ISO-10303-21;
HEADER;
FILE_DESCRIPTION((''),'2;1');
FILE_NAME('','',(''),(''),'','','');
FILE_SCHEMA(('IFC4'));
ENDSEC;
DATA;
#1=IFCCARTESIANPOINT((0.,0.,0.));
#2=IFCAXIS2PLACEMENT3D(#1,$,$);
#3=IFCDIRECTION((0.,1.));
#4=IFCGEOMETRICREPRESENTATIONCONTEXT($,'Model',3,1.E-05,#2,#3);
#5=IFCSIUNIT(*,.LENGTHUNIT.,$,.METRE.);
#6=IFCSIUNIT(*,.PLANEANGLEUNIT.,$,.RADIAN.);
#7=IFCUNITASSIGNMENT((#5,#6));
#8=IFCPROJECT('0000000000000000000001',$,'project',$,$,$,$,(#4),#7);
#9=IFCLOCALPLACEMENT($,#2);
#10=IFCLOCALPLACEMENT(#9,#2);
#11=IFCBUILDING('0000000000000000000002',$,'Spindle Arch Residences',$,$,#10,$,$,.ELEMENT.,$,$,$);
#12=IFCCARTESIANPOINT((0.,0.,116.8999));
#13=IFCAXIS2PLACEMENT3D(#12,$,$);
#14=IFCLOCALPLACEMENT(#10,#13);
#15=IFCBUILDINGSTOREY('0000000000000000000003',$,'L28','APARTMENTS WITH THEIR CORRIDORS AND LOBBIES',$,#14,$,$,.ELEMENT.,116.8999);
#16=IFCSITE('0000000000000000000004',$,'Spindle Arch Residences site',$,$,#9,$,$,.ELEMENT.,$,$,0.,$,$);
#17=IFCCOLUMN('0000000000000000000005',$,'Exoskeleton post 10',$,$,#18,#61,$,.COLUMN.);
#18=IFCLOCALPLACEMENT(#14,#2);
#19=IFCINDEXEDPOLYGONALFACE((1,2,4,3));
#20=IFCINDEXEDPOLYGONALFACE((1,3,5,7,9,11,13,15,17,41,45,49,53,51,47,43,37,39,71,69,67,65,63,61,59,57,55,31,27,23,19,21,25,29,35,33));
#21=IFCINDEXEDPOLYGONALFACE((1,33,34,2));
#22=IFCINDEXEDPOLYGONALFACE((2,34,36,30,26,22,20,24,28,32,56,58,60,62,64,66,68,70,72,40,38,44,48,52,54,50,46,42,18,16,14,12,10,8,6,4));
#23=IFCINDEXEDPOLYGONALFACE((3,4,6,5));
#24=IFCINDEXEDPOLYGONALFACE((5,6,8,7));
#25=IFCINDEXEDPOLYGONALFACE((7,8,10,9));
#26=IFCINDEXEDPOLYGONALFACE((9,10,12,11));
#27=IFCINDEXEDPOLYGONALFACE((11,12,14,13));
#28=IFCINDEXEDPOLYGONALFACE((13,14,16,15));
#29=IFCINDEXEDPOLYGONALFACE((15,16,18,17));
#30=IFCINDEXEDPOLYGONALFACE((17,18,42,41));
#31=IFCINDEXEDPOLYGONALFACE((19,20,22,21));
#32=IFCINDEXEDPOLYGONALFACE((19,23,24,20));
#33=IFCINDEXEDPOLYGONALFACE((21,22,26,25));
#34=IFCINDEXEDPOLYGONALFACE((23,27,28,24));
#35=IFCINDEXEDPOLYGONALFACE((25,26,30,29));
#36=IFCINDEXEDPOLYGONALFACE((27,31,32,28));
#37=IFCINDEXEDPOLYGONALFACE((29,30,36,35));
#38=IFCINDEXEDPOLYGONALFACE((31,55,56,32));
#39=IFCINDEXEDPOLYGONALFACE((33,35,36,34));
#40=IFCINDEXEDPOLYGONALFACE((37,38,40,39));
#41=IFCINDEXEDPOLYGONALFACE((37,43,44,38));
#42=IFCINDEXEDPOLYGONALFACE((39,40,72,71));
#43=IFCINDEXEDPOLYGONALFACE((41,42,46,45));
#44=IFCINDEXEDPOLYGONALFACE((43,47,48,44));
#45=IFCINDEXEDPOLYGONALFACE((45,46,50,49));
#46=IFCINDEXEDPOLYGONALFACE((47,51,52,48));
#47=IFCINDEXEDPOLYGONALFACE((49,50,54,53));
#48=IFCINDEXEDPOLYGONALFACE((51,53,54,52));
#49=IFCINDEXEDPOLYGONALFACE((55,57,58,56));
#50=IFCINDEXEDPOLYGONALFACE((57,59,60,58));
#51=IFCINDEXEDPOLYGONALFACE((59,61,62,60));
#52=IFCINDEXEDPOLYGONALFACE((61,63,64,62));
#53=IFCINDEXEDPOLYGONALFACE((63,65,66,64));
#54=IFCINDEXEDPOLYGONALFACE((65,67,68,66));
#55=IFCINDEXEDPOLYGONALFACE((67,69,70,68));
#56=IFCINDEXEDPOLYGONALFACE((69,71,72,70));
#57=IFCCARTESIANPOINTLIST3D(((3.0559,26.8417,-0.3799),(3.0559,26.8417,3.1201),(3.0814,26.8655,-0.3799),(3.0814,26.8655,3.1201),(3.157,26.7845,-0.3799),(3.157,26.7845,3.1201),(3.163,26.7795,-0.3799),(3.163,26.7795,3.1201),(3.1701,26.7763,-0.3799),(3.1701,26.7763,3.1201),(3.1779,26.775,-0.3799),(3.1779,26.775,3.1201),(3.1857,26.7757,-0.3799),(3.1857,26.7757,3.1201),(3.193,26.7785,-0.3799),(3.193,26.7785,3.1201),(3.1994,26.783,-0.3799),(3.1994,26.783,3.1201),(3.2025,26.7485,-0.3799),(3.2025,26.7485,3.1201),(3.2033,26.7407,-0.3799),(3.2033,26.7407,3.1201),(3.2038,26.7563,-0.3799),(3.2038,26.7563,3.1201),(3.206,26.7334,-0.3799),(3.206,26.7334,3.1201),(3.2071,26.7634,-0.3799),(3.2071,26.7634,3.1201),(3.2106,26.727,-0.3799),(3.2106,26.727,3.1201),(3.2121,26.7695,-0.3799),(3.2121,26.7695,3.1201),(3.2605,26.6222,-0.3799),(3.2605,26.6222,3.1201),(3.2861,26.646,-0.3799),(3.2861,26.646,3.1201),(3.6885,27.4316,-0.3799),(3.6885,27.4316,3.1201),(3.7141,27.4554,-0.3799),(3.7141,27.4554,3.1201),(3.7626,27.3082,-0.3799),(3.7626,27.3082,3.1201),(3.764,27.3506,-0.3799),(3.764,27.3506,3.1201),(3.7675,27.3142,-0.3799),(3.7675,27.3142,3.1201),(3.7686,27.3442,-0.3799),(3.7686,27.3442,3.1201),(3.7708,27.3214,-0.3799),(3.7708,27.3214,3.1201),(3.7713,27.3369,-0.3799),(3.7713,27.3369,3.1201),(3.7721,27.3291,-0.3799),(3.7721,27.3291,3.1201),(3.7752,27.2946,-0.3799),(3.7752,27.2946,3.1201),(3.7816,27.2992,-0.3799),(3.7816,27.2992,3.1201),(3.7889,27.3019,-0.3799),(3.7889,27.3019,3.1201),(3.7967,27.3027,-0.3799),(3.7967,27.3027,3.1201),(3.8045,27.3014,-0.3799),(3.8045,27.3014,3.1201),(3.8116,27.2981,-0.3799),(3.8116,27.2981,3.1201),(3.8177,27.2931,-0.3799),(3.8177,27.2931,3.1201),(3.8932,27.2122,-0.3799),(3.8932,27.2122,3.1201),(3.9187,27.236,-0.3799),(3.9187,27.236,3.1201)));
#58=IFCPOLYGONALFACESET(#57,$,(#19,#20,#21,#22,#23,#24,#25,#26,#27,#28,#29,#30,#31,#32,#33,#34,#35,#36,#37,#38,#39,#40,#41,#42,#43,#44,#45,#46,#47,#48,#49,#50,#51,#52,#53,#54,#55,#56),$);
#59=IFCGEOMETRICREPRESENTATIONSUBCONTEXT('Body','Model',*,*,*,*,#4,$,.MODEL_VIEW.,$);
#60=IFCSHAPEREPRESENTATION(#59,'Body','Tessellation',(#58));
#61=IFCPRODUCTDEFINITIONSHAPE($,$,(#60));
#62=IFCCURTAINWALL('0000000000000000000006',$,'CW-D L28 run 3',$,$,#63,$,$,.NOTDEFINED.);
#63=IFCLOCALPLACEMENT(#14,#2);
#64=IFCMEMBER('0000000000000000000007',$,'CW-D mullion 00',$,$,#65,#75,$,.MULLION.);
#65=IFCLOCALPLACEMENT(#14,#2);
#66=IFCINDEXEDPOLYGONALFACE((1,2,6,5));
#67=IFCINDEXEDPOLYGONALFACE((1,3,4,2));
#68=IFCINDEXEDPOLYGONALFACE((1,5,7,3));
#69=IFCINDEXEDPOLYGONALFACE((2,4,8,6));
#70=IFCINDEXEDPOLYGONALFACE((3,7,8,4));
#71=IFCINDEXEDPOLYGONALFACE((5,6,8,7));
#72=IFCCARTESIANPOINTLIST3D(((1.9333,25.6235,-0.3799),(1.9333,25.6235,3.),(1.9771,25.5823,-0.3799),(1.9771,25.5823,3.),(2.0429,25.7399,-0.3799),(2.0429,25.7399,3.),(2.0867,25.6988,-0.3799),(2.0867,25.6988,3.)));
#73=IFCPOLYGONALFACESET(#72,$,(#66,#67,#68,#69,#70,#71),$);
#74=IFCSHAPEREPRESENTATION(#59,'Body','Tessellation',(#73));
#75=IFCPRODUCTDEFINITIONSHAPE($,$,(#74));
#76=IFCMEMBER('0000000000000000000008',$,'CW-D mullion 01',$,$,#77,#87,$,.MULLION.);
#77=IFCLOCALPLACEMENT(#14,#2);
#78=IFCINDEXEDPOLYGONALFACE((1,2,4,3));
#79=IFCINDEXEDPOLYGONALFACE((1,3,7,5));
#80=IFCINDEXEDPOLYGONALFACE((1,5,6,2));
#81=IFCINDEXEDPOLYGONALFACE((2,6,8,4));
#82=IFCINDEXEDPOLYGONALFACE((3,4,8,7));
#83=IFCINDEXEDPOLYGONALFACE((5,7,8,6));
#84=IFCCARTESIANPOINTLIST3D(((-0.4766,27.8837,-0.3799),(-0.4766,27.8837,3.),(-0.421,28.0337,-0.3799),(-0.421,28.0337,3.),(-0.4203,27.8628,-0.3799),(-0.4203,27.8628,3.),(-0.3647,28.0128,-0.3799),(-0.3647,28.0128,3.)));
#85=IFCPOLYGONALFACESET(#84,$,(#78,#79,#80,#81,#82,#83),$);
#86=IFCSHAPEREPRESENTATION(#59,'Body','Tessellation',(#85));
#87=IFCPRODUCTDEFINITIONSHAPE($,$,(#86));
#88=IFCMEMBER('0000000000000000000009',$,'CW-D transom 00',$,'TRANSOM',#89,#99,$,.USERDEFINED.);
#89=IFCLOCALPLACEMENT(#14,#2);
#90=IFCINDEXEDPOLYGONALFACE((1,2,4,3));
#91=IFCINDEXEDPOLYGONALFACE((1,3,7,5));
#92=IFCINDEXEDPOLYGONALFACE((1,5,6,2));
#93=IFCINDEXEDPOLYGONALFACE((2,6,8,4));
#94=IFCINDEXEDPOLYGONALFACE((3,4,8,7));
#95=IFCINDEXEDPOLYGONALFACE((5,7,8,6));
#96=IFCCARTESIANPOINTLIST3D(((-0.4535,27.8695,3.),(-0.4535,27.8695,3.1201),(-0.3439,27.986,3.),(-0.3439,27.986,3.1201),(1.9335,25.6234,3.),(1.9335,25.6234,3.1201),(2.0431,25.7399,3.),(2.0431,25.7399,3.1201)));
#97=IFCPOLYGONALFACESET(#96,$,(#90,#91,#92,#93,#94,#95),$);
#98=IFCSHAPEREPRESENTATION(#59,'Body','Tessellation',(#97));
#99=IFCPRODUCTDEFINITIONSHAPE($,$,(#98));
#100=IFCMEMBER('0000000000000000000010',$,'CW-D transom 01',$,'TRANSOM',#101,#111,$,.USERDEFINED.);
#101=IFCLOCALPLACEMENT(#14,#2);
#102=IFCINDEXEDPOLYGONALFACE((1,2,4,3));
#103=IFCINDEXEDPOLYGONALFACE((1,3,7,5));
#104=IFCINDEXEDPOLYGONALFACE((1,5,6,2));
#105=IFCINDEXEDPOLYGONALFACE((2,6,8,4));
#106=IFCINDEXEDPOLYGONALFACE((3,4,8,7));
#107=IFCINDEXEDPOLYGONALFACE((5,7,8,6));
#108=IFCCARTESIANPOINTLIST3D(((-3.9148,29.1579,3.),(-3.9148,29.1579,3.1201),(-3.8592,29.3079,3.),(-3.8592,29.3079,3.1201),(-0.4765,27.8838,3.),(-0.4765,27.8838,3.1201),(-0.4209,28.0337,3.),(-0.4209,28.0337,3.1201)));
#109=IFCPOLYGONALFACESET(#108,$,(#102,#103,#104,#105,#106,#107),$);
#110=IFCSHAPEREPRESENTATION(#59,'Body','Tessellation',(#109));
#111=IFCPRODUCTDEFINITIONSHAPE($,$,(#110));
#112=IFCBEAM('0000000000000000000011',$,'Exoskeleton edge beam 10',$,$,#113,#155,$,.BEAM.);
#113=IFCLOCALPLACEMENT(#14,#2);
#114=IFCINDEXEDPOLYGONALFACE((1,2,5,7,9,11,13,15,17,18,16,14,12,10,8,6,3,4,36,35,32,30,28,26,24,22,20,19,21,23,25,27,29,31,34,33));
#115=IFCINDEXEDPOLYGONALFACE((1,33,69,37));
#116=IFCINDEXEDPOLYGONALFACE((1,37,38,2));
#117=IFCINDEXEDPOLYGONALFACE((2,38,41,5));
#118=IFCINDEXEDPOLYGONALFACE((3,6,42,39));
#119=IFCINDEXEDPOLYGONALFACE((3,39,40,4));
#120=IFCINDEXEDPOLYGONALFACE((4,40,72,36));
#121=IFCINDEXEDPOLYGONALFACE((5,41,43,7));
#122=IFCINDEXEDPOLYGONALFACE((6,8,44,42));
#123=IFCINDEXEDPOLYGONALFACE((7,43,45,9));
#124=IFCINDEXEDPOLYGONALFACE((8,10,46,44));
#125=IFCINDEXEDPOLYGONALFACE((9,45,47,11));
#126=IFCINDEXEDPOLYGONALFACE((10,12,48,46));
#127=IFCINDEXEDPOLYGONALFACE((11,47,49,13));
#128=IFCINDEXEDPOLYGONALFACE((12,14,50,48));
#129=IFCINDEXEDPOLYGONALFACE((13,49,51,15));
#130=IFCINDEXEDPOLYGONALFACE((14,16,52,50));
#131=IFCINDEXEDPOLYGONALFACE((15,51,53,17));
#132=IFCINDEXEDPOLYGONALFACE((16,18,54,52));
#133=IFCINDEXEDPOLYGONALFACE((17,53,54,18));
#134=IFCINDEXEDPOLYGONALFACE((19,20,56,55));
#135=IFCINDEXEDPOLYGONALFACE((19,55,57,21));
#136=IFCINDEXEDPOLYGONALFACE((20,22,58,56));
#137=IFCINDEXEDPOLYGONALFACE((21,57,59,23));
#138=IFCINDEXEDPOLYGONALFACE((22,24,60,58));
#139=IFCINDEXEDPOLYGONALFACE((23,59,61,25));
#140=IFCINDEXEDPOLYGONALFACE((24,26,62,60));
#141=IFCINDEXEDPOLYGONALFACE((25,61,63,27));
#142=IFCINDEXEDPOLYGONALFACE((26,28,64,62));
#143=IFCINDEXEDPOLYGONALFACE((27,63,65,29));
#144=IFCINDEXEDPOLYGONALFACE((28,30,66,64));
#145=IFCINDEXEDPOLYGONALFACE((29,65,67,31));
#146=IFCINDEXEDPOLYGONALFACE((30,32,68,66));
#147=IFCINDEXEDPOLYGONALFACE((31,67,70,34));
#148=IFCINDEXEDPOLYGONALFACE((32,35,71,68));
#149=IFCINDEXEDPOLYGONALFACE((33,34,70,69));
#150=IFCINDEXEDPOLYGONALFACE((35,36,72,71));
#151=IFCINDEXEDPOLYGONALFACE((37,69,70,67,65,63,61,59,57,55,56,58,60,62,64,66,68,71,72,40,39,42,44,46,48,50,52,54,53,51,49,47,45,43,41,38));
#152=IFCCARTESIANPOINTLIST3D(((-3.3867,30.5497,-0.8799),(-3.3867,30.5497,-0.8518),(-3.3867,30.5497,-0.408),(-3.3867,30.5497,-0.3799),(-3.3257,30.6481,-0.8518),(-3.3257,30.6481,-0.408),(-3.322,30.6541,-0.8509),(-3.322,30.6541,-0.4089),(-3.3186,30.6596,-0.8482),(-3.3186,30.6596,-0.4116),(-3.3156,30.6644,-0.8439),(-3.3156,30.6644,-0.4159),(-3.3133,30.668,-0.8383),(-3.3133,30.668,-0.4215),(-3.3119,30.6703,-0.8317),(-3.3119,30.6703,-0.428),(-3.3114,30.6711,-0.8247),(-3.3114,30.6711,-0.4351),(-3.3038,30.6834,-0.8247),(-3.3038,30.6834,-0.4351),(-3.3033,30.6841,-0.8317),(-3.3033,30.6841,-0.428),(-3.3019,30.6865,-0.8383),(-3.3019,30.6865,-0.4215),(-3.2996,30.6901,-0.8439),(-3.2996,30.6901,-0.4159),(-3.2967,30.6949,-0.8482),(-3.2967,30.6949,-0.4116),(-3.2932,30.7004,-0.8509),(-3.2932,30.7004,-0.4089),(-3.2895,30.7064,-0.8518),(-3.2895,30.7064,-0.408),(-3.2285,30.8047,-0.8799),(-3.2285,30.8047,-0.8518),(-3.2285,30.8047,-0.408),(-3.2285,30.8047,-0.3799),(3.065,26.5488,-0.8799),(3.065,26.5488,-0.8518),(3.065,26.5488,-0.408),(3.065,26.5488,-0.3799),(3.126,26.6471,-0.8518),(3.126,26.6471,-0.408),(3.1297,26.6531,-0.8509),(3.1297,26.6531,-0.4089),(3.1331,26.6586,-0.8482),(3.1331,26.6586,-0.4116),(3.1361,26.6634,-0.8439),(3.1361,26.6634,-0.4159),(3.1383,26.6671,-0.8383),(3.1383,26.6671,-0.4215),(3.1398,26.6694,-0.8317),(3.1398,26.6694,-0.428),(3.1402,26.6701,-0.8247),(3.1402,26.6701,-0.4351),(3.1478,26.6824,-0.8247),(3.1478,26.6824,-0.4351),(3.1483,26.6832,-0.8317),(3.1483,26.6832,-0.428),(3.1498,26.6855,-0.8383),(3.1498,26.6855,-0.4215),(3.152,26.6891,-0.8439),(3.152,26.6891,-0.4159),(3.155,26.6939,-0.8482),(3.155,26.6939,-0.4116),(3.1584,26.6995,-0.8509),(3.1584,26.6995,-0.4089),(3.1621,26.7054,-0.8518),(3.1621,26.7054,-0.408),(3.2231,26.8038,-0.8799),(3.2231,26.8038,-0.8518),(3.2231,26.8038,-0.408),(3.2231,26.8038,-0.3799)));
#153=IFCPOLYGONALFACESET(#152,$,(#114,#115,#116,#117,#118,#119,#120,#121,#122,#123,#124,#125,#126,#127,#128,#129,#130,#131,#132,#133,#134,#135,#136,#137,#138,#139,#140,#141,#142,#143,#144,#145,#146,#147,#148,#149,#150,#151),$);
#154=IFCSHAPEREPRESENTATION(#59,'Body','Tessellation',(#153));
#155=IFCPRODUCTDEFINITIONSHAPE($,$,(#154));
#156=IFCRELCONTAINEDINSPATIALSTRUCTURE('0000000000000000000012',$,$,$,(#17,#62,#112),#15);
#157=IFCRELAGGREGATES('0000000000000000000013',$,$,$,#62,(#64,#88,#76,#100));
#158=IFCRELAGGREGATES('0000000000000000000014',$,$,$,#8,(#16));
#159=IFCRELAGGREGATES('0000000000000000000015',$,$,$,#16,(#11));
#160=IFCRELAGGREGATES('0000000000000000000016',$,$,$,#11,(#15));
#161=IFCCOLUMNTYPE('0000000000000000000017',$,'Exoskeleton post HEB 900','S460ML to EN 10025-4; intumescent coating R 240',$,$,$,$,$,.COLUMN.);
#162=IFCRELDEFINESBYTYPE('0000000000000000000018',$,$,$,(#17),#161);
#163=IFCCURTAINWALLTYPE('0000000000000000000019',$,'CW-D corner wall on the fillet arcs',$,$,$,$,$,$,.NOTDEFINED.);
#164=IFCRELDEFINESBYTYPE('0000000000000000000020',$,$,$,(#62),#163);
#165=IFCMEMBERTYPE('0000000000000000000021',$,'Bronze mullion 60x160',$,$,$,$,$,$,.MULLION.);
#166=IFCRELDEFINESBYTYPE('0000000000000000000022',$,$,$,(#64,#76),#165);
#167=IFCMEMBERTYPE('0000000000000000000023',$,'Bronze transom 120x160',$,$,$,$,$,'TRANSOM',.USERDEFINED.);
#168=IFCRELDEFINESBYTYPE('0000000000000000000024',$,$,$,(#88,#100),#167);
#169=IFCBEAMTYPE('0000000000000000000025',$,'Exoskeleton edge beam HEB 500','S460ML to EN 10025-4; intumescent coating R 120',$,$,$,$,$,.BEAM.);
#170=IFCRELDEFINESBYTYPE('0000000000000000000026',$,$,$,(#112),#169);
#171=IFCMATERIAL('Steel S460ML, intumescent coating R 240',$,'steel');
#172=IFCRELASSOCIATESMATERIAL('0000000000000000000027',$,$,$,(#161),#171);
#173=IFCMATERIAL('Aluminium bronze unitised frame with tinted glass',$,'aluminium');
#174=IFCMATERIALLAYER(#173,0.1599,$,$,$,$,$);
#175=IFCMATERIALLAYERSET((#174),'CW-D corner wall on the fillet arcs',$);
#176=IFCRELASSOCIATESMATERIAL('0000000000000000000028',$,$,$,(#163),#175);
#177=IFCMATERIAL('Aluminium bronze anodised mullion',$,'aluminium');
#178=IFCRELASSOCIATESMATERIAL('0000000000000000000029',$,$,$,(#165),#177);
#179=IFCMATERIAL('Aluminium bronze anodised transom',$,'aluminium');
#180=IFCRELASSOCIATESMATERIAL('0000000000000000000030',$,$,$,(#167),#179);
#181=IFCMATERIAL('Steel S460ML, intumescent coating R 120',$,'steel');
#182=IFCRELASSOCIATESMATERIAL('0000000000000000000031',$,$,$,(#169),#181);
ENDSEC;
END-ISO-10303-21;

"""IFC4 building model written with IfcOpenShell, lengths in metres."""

from ifc_helpers import new_model, si_unit, direction, frame, origin, origin_2d, place, context, subcontext, project, spatial, rectangle, i_section, extrude, material, layer, layer_set, material_profile, profile_set, type_object, element, aggregate, save


model = new_model("IFC4")

# Units and contexts
model_context = context("Model", 3, precision=1e-05, world=origin(), true_north=direction((0.0, 1.0)))
body_context = subcontext(model_context, "Body", "Model", "MODEL_VIEW")
ifc_project = project(units=[si_unit("LENGTHUNIT", "METRE"), si_unit("PLANEANGLEUNIT", "RADIAN")], contexts=[model_context])

# Site, building, storey
site_placement = place(None, origin())
site = spatial("IfcSite", under=ifc_project, at=site_placement, Name="Spindle Arch Residences site", CompositionType="ELEMENT", RefElevation=0.0)
building_placement = place(site_placement, origin())
building = spatial("IfcBuilding", under=site, at=building_placement, Name="Spindle Arch Residences", CompositionType="ELEMENT")
storey_placement = place(building_placement, frame((0.0, 0.0, 116.8999)))
storey = spatial("IfcBuildingStorey", under=building, at=storey_placement, Name="L28", Description="APARTMENTS WITH THEIR CORRIDORS AND LOBBIES", CompositionType="ELEMENT", Elevation=116.8999)

# Column
ifc_material_1 = material(Name="Steel S460ML, intumescent coating R 240", Category="steel")
ifc_material_profile_1 = material_profile(ifc_material_1, i_section(OverallWidth=0.3, OverallDepth=0.8999, WebThickness=0.0186, FlangeThickness=0.0349, FilletRadius=0.03, at=origin_2d()), Name="HEB 900")
ifc_profile_set_1 = profile_set([ifc_material_profile_1], Name="Steel S460ML, intumescent coating R 240")
column_type = type_object("IfcColumnType", Name="Exoskeleton post HEB 900", Description="S460ML to EN 10025-4; intumescent coating R 240", PredefinedType="COLUMN", material=ifc_profile_set_1)
column_placement = place(storey_placement, frame((3.4873, 27.0388, -0.3799), z_axis=(0.0, 0.0, 1.0), x_axis=(0.681998, -0.731354, 0.0)))
element("IfcColumn", 1, at=column_placement, inside=storey, type_object=column_type, Name="Exoskeleton post 10", PredefinedType="COLUMN", context=body_context, shape_type="SweptSolid", body=[
    extrude(i_section(OverallWidth=0.3, OverallDepth=0.8999, WebThickness=0.0186, FlangeThickness=0.0349, FilletRadius=0.03, at=origin_2d()), origin(), (0.0, 0.0, 1.0), 3.5),
])

# Curtain wall, members
ifc_material_2 = material(Name="Aluminium bronze unitised frame with tinted glass", Category="aluminium")
ifc_layer_1 = layer(ifc_material_2, 0.1599)
ifc_layer_set_1 = layer_set([ifc_layer_1], Name="CW-D corner wall on the fillet arcs")
curtain_wall_type_1 = type_object("IfcCurtainWallType", Name="CW-D corner wall on the fillet arcs", PredefinedType="NOTDEFINED", material=ifc_layer_set_1)
curtain_wall_1_placement = place(storey_placement, origin())
curtain_wall_1 = element("IfcCurtainWall", 2, at=curtain_wall_1_placement, inside=storey, type_object=curtain_wall_type_1, Name="CW-D L28 run 3", PredefinedType="NOTDEFINED")
ifc_material_3 = material(Name="Aluminium bronze anodised mullion", Category="aluminium")
ifc_material_profile_2 = material_profile(ifc_material_3, rectangle(XDim=0.1599, YDim=0.0601, at=origin_2d()), Name="MU 60x160")
ifc_profile_set_2 = profile_set([ifc_material_profile_2], Name="Aluminium bronze anodised mullion")
member_type_1 = type_object("IfcMemberType", Name="Bronze mullion 60x160", PredefinedType="MULLION", material=ifc_profile_set_2)
member_1_placement = place(storey_placement, frame((2.01, 25.6611, -0.3799), z_axis=(0.0, 0.0, 1.0), x_axis=(-0.68529, -0.72827, 0.0)))
member_1 = element("IfcMember", 3, at=member_1_placement, type_object=member_type_1, Name="CW-D mullion 00", PredefinedType="MULLION", context=body_context, shape_type="SweptSolid", body=[
    extrude(rectangle(XDim=0.1599, YDim=0.0601, at=origin_2d()), origin(), (0.0, 0.0, 1.0), 3.3799),
])
member_2_placement = place(storey_placement, frame((-0.4207, 27.9482, -0.3799), z_axis=(0.0, 0.0, 1.0), x_axis=(-0.347481, -0.937687, 0.0)))
member_2 = element("IfcMember", 4, at=member_2_placement, type_object=member_type_1, Name="CW-D mullion 01", PredefinedType="MULLION", context=body_context, shape_type="SweptSolid", body=[
    extrude(rectangle(XDim=0.1599, YDim=0.0601, at=origin_2d()), origin(), (0.0, 0.0, 1.0), 3.3799),
])
ifc_material_4 = material(Name="Aluminium bronze anodised transom", Category="aluminium")
ifc_material_profile_3 = material_profile(ifc_material_4, rectangle(XDim=0.1599, YDim=0.1201, at=origin_2d()), Name="TR 120x160")
ifc_profile_set_3 = profile_set([ifc_material_profile_3], Name="Aluminium bronze anodised transom")
member_type_2 = type_object("IfcMemberType", Name="Bronze transom 120x160", ElementType="TRANSOM", PredefinedType="USERDEFINED", material=ifc_profile_set_3)
member_3_placement = place(storey_placement, frame((1.9883, 25.6816, 3.0601), z_axis=(-0.72827, 0.68529, 0.0), x_axis=(-0.68529, -0.72827, 0.0)))
member_3 = element("IfcMember", 5, at=member_3_placement, type_object=member_type_2, Name="CW-D transom 00", ObjectType="TRANSOM", PredefinedType="USERDEFINED", context=body_context, shape_type="SweptSolid", body=[
    extrude(rectangle(XDim=0.1599, YDim=0.1201, at=origin_2d()), origin(), (0.0, 0.0, 1.0), 3.2776),
])
member_4_placement = place(storey_placement, frame((-0.4487, 27.9587, 3.0601), z_axis=(-0.937682, 0.347494, 0.0), x_axis=(-0.347494, -0.937682, 0.0)))
member_4 = element("IfcMember", 6, at=member_4_placement, type_object=member_type_2, Name="CW-D transom 01", ObjectType="TRANSOM", PredefinedType="USERDEFINED", context=body_context, shape_type="SweptSolid", body=[
    extrude(rectangle(XDim=0.1599, YDim=0.1201, at=origin_2d()), origin(), (0.0, 0.0, 1.0), 3.6667),
])

# Beam
ifc_material_5 = material(Name="Steel S460ML, intumescent coating R 120", Category="steel")
ifc_material_profile_4 = material_profile(ifc_material_5, i_section(OverallWidth=0.3, OverallDepth=0.5, WebThickness=0.0144, FlangeThickness=0.0281, FilletRadius=0.0271, at=origin_2d()), Name="HEB 500")
ifc_profile_set_4 = profile_set([ifc_material_profile_4], Name="Steel S460ML, intumescent coating R 120")
beam_type_1 = type_object("IfcBeamType", Name="Exoskeleton edge beam HEB 500", Description="S460ML to EN 10025-4; intumescent coating R 120", PredefinedType="BEAM", material=ifc_profile_set_4)
beam_1_placement = place(storey_placement, frame((3.144, 26.6763, -0.6299), z_axis=(-0.849847, 0.52703, 0.0), x_axis=(-0.52703, -0.849847, 0.0)))
element("IfcBeam", 7, at=beam_1_placement, inside=storey, type_object=beam_type_1, Name="Exoskeleton edge beam 10", PredefinedType="BEAM", context=body_context, shape_type="SweptSolid", body=[
    extrude(i_section(OverallWidth=0.3, OverallDepth=0.5, WebThickness=0.0144, FlangeThickness=0.0281, FilletRadius=0.0271, at=origin_2d()), origin(), (0.0, 0.0, 1.0), 7.5916),
])

aggregate(curtain_wall_1, [member_1, member_3, member_2, member_4])

save(model, "model.ifc")
